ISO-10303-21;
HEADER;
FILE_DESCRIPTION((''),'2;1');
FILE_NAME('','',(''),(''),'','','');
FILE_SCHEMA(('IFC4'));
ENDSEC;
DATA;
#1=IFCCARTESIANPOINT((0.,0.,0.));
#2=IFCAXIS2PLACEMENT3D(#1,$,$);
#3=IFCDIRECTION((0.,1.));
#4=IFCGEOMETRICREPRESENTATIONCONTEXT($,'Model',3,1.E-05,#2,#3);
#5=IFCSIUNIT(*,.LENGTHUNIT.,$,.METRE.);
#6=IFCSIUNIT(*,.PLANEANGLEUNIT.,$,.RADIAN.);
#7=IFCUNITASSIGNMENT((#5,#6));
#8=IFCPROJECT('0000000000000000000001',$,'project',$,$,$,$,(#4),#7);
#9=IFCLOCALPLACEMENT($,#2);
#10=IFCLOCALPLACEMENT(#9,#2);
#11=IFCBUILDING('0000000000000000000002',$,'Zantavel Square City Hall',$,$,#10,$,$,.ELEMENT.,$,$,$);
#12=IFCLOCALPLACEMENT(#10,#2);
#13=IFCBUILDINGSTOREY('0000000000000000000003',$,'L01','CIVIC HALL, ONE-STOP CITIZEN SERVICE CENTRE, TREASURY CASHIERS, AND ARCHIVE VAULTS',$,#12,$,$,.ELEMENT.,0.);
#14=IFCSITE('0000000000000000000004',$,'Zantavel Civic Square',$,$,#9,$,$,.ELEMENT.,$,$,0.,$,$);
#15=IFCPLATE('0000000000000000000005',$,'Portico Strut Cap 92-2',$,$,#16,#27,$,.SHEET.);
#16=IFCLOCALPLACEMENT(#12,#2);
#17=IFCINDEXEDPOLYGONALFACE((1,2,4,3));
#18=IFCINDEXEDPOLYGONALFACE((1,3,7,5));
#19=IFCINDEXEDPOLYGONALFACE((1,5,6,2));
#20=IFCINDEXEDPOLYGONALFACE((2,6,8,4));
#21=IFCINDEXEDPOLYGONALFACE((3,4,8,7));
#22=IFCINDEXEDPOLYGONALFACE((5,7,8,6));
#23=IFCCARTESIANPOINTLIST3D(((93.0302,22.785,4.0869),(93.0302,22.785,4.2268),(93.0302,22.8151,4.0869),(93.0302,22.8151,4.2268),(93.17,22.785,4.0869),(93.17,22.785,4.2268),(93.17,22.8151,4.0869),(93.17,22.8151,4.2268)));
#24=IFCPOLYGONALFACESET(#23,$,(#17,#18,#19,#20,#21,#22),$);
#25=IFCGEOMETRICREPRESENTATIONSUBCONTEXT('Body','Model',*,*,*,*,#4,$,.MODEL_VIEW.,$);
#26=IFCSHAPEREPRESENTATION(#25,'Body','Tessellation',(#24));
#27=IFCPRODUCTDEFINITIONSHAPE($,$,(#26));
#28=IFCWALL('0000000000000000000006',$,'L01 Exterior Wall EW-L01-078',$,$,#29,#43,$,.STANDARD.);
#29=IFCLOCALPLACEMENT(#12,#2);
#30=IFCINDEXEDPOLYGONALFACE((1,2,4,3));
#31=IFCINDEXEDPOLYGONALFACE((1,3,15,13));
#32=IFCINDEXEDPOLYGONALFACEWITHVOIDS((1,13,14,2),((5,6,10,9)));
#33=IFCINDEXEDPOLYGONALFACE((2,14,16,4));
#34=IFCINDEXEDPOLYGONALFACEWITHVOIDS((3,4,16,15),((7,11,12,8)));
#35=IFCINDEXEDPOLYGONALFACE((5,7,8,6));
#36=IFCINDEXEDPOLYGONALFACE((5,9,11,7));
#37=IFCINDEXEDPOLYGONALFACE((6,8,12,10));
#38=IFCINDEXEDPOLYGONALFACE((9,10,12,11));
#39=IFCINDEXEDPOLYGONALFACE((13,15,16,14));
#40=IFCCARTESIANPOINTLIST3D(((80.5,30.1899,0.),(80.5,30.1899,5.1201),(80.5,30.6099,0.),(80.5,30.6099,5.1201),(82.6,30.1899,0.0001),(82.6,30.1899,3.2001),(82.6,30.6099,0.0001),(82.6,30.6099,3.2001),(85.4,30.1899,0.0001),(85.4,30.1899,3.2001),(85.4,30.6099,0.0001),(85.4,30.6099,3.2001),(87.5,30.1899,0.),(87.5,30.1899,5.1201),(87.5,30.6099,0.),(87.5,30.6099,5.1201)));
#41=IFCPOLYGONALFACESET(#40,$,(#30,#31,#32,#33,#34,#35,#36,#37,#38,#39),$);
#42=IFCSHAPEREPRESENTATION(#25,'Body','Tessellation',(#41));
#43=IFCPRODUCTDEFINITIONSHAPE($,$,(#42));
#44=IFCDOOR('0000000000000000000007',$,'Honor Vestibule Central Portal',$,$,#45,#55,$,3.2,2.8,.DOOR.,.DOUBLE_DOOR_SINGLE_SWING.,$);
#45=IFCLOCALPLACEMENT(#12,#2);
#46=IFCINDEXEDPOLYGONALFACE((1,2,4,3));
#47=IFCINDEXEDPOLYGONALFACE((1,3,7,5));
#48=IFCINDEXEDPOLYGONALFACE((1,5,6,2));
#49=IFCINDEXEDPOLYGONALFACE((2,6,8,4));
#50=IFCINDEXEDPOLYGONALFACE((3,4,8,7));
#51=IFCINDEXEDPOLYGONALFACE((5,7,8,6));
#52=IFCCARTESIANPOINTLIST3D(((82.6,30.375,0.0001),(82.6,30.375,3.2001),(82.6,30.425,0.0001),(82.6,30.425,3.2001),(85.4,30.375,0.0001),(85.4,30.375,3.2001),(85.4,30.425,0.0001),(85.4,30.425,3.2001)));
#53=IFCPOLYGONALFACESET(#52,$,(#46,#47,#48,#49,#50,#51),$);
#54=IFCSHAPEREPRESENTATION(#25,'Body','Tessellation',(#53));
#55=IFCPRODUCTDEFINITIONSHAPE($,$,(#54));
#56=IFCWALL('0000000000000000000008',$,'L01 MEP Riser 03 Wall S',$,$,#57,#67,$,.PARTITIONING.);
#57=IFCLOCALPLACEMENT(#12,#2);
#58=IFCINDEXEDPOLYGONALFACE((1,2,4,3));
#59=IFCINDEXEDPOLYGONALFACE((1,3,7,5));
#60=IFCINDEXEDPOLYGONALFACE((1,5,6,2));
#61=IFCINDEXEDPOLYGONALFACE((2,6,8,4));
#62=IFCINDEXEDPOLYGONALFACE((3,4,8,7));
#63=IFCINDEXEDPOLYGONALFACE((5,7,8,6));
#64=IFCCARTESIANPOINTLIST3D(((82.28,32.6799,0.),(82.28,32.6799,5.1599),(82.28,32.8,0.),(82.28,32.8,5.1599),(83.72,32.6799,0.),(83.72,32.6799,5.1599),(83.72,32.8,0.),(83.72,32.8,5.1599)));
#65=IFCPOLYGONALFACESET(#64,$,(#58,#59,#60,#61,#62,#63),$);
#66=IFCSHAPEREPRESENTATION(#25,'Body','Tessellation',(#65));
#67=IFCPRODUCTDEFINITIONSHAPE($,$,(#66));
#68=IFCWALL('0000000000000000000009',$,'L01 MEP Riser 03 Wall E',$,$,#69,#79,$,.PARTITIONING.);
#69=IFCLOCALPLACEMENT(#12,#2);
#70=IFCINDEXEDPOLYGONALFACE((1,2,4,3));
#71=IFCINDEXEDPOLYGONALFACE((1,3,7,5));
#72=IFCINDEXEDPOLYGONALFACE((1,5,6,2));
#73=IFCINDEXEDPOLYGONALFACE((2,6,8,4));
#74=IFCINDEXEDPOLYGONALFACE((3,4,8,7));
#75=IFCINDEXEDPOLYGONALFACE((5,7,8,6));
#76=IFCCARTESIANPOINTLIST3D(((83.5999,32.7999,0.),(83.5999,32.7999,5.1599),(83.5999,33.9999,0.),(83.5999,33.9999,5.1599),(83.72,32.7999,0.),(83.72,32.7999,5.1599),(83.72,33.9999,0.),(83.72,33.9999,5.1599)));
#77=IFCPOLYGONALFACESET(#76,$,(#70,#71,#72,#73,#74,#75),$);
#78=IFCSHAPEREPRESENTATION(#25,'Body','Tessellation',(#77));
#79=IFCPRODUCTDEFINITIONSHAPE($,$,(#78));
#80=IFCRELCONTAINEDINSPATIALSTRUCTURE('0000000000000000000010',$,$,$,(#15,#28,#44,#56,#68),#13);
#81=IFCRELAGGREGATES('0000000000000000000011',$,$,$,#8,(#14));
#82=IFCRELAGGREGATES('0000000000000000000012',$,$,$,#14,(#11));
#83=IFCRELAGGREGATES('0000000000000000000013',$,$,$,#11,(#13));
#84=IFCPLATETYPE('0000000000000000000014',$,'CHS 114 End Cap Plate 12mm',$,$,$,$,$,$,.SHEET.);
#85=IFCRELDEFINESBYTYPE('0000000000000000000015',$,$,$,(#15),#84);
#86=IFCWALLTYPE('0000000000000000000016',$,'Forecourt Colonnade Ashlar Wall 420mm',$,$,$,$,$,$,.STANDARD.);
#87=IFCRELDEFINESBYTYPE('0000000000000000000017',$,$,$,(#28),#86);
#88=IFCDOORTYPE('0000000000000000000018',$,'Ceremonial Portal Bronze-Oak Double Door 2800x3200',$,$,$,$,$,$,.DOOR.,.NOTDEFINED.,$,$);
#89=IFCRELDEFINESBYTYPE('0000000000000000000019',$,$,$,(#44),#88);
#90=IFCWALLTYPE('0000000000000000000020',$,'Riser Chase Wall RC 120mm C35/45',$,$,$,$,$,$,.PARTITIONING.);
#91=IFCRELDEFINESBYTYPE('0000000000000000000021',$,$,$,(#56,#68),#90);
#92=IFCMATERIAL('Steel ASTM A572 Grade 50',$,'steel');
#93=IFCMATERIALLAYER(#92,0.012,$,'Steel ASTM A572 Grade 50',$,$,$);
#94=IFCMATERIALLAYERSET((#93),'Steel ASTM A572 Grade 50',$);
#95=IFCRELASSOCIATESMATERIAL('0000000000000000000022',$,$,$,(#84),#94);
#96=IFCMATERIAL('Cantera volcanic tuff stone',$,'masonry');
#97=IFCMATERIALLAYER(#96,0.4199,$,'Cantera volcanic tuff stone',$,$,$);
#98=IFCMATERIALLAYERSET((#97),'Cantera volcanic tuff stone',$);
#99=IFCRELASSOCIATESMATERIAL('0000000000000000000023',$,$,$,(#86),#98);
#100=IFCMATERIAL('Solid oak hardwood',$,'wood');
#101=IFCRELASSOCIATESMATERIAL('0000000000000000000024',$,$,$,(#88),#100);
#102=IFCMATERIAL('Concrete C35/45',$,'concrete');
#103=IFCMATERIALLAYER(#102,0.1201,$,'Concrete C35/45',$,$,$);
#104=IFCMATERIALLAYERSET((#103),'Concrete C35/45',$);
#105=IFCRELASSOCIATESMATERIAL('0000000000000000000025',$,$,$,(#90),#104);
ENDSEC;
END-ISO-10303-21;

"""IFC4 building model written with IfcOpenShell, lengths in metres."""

from ifc_helpers import new_model, si_unit, direction, frame, frame_2d, origin, origin_2d, place, context, subcontext, project, spatial, rectangle, extrude, material, layer, layer_set, type_object, element, fill, save


model = new_model("IFC4")

# Units and contexts
model_context = context("Model", 3, precision=1e-05, world=origin(), true_north=direction((0.0, 1.0)))
body_context = subcontext(model_context, "Body", "Model", "MODEL_VIEW")
ifc_project = project(units=[si_unit("LENGTHUNIT", "METRE"), si_unit("PLANEANGLEUNIT", "RADIAN")], contexts=[model_context])

# Site, building, storey
site_placement = place(None, origin())
site = spatial("IfcSite", under=ifc_project, at=site_placement, Name="Zantavel Civic Square", CompositionType="ELEMENT", RefElevation=0.0)
building_placement = place(site_placement, origin())
building = spatial("IfcBuilding", under=site, at=building_placement, Name="Zantavel Square City Hall", CompositionType="ELEMENT")
storey_placement = place(building_placement, origin())
storey = spatial("IfcBuildingStorey", under=building, at=storey_placement, Name="L01", Description="CIVIC HALL, ONE-STOP CITIZEN SERVICE CENTRE, TREASURY CASHIERS, AND ARCHIVE VAULTS", CompositionType="ELEMENT", Elevation=0.0)

# Plate
ifc_material_1 = material(Name="Steel ASTM A572 Grade 50", Category="steel")
ifc_layer_1 = layer(ifc_material_1, 0.012, Name="Steel ASTM A572 Grade 50")
ifc_layer_set_1 = layer_set([ifc_layer_1], Name="Steel ASTM A572 Grade 50")
plate_type = type_object("IfcPlateType", Name="CHS 114 End Cap Plate 12mm", PredefinedType="SHEET", material=ifc_layer_set_1)
for number, where, z_axis, x_axis, name in (
    (1, (93.1001, 22.8, 4.0869), (0.0, 0.0, 1.0), (1.0, 0.0, 0.0), "Portico Strut Cap 92-2"),
):
    element("IfcPlate", number, at=place(storey_placement, frame(where, z_axis=z_axis, x_axis=x_axis)), inside=storey, type_object=plate_type, Name=name, PredefinedType="SHEET", context=body_context, shape_type="SweptSolid", body=[
        extrude(rectangle(XDim=0.1399, YDim=0.03, at=origin_2d()), origin(), (0.0, 0.0, 1.0), 0.1399),
    ])

# Wall, opening, door
ifc_material_2 = material(Name="Cantera volcanic tuff stone", Category="masonry")
ifc_layer_2 = layer(ifc_material_2, 0.4199, Name="Cantera volcanic tuff stone")
ifc_layer_set_2 = layer_set([ifc_layer_2], Name="Cantera volcanic tuff stone")
wall_type_1 = type_object("IfcWallType", Name="Forecourt Colonnade Ashlar Wall 420mm", PredefinedType="STANDARD", material=ifc_layer_set_2)
ifc_material_3 = material(Name="Solid oak hardwood", Category="wood")
wall_1_placement = place(storey_placement, frame((87.5, 30.3999, 0.0), z_axis=(0.0, 0.0, 1.0), x_axis=(-1.0, 0.0, 0.0)))
wall_1 = element("IfcWall", 2, at=wall_1_placement, inside=storey, type_object=wall_type_1, Name="L01 Exterior Wall EW-L01-078", PredefinedType="STANDARD", context=body_context, shape_type="SweptSolid", body=[
    extrude(rectangle(XDim=7.0, YDim=0.4199, at=frame_2d((3.5, 0.0))), origin(), (0.0, 0.0, 1.0), 5.1201),
])
opening_1_placement = place(wall_1_placement, frame((2.1001, 0.0, 0.0)))
opening_1 = element("IfcOpeningElement", 3, at=opening_1_placement, cuts=wall_1, PredefinedType="OPENING", context=body_context, shape_type="SweptSolid", body=[
    extrude(rectangle(XDim=2.8, YDim=3.2, at=frame_2d((1.3999, 1.6001))), frame((0.0, 0.22, 0.0), z_axis=(0.0, -1.0, 0.0), x_axis=(1.0, 0.0, 0.0)), (0.0, 0.0, 1.0), 0.4399),
])
door_type_1 = type_object("IfcDoorType", Name="Ceremonial Portal Bronze-Oak Double Door 2800x3200", OperationType="NOTDEFINED", PredefinedType="DOOR", material=ifc_material_3)
door_1_placement = place(opening_1_placement, origin())
door_1 = element("IfcDoor", 4, at=door_1_placement, inside=storey, type_object=door_type_1, Name="Honor Vestibule Central Portal", OperationType="DOUBLE_DOOR_SINGLE_SWING", OverallHeight=3.2, OverallWidth=2.8, PredefinedType="DOOR", context=body_context, shape_type="SweptSolid", body=[
    extrude(rectangle(XDim=2.8, YDim=3.2, at=frame_2d((1.3999, 1.6001))), frame((0.0, 0.0249, 0.0), z_axis=(0.0, -1.0, 0.0), x_axis=(1.0, 0.0, 0.0)), (0.0, 0.0, 1.0), 0.05),
])
fill(opening_1, door_1)

# Walls
ifc_material_4 = material(Name="Concrete C35/45", Category="concrete")
ifc_layer_3 = layer(ifc_material_4, 0.1201, Name="Concrete C35/45")
ifc_layer_set_3 = layer_set([ifc_layer_3], Name="Concrete C35/45")
wall_type_2 = type_object("IfcWallType", Name="Riser Chase Wall RC 120mm C35/45", PredefinedType="PARTITIONING", material=ifc_layer_set_3)
wall_2_placement = place(storey_placement, frame((83.72, 32.74, 0.0), z_axis=(0.0, 0.0, 1.0), x_axis=(-1.0, 0.0, 0.0)))
element("IfcWall", 5, at=wall_2_placement, inside=storey, type_object=wall_type_2, Name="L01 MEP Riser 03 Wall S", PredefinedType="PARTITIONING", context=body_context, shape_type="SweptSolid", body=[
    extrude(rectangle(XDim=1.4399, YDim=0.1201, at=frame_2d((0.72, 0.0))), origin(), (0.0, 0.0, 1.0), 5.1599),
])
wall_3_placement = place(storey_placement, frame((83.6599, 34.0, 0.0), z_axis=(0.0, 0.0, 1.0), x_axis=(0.0, -1.0, 0.0)))
element("IfcWall", 6, at=wall_3_placement, inside=storey, type_object=wall_type_2, Name="L01 MEP Riser 03 Wall E", PredefinedType="PARTITIONING", context=body_context, shape_type="SweptSolid", body=[
    extrude(rectangle(XDim=1.2, YDim=0.1201, at=frame_2d((0.6001, 0.0))), origin(), (0.0, 0.0, 1.0), 5.1599),
])

save(model, "model.ifc")
